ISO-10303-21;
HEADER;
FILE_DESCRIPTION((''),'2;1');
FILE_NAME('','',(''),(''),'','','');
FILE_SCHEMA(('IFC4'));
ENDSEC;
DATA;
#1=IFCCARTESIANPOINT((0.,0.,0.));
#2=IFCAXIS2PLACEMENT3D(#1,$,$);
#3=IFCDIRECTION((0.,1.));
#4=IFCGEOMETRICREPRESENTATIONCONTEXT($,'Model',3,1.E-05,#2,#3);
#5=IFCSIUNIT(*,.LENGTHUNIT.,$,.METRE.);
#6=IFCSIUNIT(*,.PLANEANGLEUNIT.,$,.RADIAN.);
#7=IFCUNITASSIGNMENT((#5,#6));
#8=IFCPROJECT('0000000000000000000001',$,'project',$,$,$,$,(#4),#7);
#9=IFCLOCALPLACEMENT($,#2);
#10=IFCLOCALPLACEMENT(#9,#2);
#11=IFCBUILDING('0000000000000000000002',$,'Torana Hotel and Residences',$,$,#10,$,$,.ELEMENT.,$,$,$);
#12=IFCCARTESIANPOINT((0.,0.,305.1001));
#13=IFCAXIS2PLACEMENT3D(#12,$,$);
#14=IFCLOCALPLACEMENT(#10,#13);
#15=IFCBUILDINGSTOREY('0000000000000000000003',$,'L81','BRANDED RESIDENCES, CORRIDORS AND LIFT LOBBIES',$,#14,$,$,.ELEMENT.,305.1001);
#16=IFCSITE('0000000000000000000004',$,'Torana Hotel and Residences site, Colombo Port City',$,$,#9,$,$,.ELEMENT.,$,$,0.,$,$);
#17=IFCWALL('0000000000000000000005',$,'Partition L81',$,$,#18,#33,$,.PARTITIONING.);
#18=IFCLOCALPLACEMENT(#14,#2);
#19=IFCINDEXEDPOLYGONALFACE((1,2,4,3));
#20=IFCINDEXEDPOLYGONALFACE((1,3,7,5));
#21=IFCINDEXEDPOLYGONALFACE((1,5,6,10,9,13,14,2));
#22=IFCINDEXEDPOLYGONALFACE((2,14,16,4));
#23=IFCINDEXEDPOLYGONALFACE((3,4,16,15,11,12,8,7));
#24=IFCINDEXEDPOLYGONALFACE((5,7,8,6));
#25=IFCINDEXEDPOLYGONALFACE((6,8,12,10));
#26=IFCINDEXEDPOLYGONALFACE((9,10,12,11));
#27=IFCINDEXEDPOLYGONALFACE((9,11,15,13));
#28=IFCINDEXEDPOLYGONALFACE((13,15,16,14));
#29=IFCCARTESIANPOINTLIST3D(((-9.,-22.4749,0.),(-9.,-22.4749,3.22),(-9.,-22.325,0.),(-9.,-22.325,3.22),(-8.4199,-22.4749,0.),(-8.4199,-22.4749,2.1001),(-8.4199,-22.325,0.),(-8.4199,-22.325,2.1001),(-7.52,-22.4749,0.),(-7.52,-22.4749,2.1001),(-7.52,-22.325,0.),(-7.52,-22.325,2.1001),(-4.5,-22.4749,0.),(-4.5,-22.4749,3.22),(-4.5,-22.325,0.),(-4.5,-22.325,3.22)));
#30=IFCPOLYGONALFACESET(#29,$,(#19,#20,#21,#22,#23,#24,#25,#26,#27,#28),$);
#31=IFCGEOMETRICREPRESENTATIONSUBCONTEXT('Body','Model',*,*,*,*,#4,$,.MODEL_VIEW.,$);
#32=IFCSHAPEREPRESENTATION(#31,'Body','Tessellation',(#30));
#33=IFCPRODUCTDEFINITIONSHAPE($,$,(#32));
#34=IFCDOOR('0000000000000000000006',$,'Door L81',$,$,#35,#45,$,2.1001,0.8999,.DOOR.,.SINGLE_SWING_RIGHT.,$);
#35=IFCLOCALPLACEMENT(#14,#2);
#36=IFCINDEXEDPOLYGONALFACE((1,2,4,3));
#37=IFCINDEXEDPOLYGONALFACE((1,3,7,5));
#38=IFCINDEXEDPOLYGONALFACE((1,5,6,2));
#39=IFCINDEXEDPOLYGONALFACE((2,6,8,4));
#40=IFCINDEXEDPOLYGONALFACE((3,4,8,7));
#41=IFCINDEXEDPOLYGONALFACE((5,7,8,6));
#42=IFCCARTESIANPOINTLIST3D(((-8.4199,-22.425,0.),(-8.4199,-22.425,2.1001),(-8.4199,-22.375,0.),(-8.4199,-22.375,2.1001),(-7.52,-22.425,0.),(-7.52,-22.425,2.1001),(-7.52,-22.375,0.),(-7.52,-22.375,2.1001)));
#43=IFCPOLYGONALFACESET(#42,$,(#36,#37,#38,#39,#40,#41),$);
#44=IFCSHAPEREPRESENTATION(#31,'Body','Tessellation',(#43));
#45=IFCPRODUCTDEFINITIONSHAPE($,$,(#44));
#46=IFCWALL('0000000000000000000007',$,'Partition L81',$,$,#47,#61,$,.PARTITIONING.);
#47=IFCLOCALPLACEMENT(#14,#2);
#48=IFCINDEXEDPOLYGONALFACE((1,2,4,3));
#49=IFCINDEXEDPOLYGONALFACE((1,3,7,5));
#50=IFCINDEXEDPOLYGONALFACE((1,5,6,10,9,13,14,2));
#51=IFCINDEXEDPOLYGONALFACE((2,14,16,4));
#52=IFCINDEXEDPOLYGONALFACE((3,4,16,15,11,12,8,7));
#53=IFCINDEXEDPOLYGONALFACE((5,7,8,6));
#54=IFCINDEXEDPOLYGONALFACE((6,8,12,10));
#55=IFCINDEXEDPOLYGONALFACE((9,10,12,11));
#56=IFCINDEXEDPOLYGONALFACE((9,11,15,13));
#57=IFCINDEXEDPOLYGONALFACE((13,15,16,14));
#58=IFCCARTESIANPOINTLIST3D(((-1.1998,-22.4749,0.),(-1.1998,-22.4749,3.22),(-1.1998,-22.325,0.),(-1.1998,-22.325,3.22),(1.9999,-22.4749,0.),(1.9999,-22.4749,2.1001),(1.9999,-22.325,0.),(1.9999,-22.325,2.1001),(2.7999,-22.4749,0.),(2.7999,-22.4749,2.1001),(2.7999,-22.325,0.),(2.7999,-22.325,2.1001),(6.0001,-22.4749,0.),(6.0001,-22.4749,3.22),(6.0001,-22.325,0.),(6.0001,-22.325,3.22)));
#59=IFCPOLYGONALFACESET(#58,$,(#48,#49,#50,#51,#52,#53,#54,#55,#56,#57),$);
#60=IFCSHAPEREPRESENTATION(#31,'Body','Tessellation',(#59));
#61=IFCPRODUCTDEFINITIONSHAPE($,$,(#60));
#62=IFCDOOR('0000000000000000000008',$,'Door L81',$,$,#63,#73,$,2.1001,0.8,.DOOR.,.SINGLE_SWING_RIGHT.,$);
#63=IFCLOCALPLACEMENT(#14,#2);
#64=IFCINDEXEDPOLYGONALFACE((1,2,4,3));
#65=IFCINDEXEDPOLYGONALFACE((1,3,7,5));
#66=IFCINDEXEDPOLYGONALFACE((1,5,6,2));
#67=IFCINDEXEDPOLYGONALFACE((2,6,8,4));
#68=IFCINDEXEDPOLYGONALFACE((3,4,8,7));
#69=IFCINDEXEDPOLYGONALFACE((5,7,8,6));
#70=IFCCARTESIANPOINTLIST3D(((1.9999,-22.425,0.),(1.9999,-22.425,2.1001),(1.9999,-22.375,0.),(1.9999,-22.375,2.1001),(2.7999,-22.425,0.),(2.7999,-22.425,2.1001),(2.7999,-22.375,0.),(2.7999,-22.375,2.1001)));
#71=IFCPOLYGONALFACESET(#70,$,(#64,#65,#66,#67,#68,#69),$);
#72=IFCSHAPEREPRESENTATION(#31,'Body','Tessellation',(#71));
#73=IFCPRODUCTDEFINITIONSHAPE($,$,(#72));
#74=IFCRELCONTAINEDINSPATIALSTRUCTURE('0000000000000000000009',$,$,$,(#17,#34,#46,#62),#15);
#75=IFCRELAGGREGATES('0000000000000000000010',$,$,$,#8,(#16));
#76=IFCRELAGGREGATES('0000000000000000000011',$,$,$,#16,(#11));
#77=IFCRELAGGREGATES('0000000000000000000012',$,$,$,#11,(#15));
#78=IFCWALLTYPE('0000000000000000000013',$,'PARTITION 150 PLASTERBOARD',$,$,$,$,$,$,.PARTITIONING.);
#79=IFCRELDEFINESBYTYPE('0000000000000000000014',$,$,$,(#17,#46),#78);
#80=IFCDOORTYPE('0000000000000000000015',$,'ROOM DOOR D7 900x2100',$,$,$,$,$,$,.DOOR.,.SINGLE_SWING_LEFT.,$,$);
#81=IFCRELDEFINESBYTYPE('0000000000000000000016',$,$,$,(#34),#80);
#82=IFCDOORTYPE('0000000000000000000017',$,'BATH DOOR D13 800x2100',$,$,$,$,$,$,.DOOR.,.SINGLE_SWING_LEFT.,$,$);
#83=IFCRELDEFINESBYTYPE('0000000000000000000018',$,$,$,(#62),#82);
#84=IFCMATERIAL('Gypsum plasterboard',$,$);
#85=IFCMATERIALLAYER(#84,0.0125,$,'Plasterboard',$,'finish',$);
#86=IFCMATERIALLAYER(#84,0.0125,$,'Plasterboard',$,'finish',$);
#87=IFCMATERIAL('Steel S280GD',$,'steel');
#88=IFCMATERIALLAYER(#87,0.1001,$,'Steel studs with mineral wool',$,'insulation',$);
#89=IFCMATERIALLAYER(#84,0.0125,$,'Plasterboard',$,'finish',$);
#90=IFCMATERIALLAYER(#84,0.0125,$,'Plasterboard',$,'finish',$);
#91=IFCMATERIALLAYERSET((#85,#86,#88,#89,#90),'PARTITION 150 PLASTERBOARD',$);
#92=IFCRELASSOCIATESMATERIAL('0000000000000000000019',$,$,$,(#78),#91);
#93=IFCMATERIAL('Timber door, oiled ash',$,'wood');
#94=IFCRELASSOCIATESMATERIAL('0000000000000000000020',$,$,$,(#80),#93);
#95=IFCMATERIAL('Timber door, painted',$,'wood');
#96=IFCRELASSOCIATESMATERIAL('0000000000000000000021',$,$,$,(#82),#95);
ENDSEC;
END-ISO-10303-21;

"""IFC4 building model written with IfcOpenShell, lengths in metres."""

from ifc_helpers import new_model, si_unit, direction, frame, frame_2d, origin, place, context, subcontext, project, spatial, rectangle, extrude, material, layer, layer_set, type_object, element, fill, save


model = new_model("IFC4")

# Units and contexts
model_context = context("Model", 3, precision=1e-05, world=origin(), true_north=direction((0.0, 1.0)))
body_context = subcontext(model_context, "Body", "Model", "MODEL_VIEW")
ifc_project = project(units=[si_unit("LENGTHUNIT", "METRE"), si_unit("PLANEANGLEUNIT", "RADIAN")], contexts=[model_context])

# Site, building, storey
site_placement = place(None, origin())
site = spatial("IfcSite", under=ifc_project, at=site_placement, Name="Torana Hotel and Residences site, Colombo Port City", CompositionType="ELEMENT", RefElevation=0.0)
building_placement = place(site_placement, origin())
building = spatial("IfcBuilding", under=site, at=building_placement, Name="Torana Hotel and Residences", CompositionType="ELEMENT")
storey_placement = place(building_placement, frame((0.0, 0.0, 305.1001)))
storey = spatial("IfcBuildingStorey", under=building, at=storey_placement, Name="L81", Description="BRANDED RESIDENCES, CORRIDORS AND LIFT LOBBIES", CompositionType="ELEMENT", Elevation=305.1001)

# Shared definitions
ifc_material_1 = material(Name="Gypsum plasterboard")
ifc_layer_1 = layer(ifc_material_1, 0.0125, Name="Plasterboard", Category="finish")
ifc_layer_2 = layer(ifc_material_1, 0.0125, Name="Plasterboard", Category="finish")
ifc_material_2 = material(Name="Steel S280GD", Category="steel")
ifc_layer_3 = layer(ifc_material_2, 0.1001, Name="Steel studs with mineral wool", Category="insulation")
ifc_layer_4 = layer(ifc_material_1, 0.0125, Name="Plasterboard", Category="finish")
ifc_layer_5 = layer(ifc_material_1, 0.0125, Name="Plasterboard", Category="finish")
ifc_layer_set_1 = layer_set([ifc_layer_1, ifc_layer_2, ifc_layer_3, ifc_layer_4, ifc_layer_5], Name="PARTITION 150 PLASTERBOARD")
wall_type_1 = type_object("IfcWallType", Name="PARTITION 150 PLASTERBOARD", PredefinedType="PARTITIONING", material=ifc_layer_set_1)

# Walls, openings, doors
wall_1_placement = place(storey_placement, frame((-9.0, -22.3999, 0.0), z_axis=(0.0, 0.0, 1.0), x_axis=(1.0, 0.0, 0.0)))
wall_1 = element("IfcWall", 1, at=wall_1_placement, inside=storey, type_object=wall_type_1, Name="Partition L81", PredefinedType="PARTITIONING", context=body_context, shape_type="SweptSolid", body=[
    extrude(rectangle(XDim=4.5, YDim=0.1499, at=frame_2d((2.25, 0.0))), origin(), (0.0, 0.0, 1.0), 3.22),
])
opening_1_placement = place(wall_1_placement, frame((0.5801, 0.0, 0.0)))
opening_1 = element("IfcOpeningElement", 2, at=opening_1_placement, cuts=wall_1, PredefinedType="OPENING", context=body_context, shape_type="SweptSolid", body=[
    extrude(rectangle(XDim=0.8999, YDim=2.1001, at=frame_2d((0.45, 1.05))), frame((0.0, 0.085, 0.0), z_axis=(0.0, -1.0, 0.0), x_axis=(1.0, 0.0, 0.0)), (0.0, 0.0, 1.0), 0.1699),
])
ifc_material_3 = material(Name="Timber door, oiled ash", Category="wood")
door_type_1 = type_object("IfcDoorType", Name="ROOM DOOR D7 900x2100", OperationType="SINGLE_SWING_LEFT", PredefinedType="DOOR", material=ifc_material_3)
door_1_placement = place(opening_1_placement, origin())
door_1 = element("IfcDoor", 3, at=door_1_placement, inside=storey, type_object=door_type_1, Name="Door L81", OperationType="SINGLE_SWING_RIGHT", OverallHeight=2.1001, OverallWidth=0.8999, PredefinedType="DOOR", context=body_context, shape_type="SweptSolid", body=[
    extrude(rectangle(XDim=0.8999, YDim=2.1001, at=frame_2d((0.45, 1.05))), frame((0.0, 0.0249, 0.0), z_axis=(0.0, -1.0, 0.0), x_axis=(1.0, 0.0, 0.0)), (0.0, 0.0, 1.0), 0.05),
])
fill(opening_1, door_1)
wall_2_placement = place(storey_placement, frame((-1.2, -22.3999, 0.0), z_axis=(0.0, 0.0, 1.0), x_axis=(1.0, 0.0, 0.0)))
wall_2 = element("IfcWall", 4, at=wall_2_placement, inside=storey, type_object=wall_type_1, Name="Partition L81", PredefinedType="PARTITIONING", context=body_context, shape_type="SweptSolid", body=[
    extrude(rectangle(XDim=7.2, YDim=0.1499, at=frame_2d((3.6001, 0.0))), origin(), (0.0, 0.0, 1.0), 3.22),
])
opening_2_placement = place(wall_2_placement, frame((3.2, 0.0, 0.0)))
opening_2 = element("IfcOpeningElement", 5, at=opening_2_placement, cuts=wall_2, PredefinedType="OPENING", context=body_context, shape_type="SweptSolid", body=[
    extrude(rectangle(XDim=0.8, YDim=2.1001, at=frame_2d((0.3999, 1.05))), frame((0.0, 0.085, 0.0), z_axis=(0.0, -1.0, 0.0), x_axis=(1.0, 0.0, 0.0)), (0.0, 0.0, 1.0), 0.1699),
])
ifc_material_4 = material(Name="Timber door, painted", Category="wood")
door_type_2 = type_object("IfcDoorType", Name="BATH DOOR D13 800x2100", OperationType="SINGLE_SWING_LEFT", PredefinedType="DOOR", material=ifc_material_4)
door_2_placement = place(opening_2_placement, origin())
door_2 = element("IfcDoor", 6, at=door_2_placement, inside=storey, type_object=door_type_2, Name="Door L81", OperationType="SINGLE_SWING_RIGHT", OverallHeight=2.1001, OverallWidth=0.8, PredefinedType="DOOR", context=body_context, shape_type="SweptSolid", body=[
    extrude(rectangle(XDim=0.8, YDim=2.1001, at=frame_2d((0.3999, 1.05))), frame((0.0, 0.0249, 0.0), z_axis=(0.0, -1.0, 0.0), x_axis=(1.0, 0.0, 0.0)), (0.0, 0.0, 1.0), 0.05),
])
fill(opening_2, door_2)

save(model, "model.ifc")
